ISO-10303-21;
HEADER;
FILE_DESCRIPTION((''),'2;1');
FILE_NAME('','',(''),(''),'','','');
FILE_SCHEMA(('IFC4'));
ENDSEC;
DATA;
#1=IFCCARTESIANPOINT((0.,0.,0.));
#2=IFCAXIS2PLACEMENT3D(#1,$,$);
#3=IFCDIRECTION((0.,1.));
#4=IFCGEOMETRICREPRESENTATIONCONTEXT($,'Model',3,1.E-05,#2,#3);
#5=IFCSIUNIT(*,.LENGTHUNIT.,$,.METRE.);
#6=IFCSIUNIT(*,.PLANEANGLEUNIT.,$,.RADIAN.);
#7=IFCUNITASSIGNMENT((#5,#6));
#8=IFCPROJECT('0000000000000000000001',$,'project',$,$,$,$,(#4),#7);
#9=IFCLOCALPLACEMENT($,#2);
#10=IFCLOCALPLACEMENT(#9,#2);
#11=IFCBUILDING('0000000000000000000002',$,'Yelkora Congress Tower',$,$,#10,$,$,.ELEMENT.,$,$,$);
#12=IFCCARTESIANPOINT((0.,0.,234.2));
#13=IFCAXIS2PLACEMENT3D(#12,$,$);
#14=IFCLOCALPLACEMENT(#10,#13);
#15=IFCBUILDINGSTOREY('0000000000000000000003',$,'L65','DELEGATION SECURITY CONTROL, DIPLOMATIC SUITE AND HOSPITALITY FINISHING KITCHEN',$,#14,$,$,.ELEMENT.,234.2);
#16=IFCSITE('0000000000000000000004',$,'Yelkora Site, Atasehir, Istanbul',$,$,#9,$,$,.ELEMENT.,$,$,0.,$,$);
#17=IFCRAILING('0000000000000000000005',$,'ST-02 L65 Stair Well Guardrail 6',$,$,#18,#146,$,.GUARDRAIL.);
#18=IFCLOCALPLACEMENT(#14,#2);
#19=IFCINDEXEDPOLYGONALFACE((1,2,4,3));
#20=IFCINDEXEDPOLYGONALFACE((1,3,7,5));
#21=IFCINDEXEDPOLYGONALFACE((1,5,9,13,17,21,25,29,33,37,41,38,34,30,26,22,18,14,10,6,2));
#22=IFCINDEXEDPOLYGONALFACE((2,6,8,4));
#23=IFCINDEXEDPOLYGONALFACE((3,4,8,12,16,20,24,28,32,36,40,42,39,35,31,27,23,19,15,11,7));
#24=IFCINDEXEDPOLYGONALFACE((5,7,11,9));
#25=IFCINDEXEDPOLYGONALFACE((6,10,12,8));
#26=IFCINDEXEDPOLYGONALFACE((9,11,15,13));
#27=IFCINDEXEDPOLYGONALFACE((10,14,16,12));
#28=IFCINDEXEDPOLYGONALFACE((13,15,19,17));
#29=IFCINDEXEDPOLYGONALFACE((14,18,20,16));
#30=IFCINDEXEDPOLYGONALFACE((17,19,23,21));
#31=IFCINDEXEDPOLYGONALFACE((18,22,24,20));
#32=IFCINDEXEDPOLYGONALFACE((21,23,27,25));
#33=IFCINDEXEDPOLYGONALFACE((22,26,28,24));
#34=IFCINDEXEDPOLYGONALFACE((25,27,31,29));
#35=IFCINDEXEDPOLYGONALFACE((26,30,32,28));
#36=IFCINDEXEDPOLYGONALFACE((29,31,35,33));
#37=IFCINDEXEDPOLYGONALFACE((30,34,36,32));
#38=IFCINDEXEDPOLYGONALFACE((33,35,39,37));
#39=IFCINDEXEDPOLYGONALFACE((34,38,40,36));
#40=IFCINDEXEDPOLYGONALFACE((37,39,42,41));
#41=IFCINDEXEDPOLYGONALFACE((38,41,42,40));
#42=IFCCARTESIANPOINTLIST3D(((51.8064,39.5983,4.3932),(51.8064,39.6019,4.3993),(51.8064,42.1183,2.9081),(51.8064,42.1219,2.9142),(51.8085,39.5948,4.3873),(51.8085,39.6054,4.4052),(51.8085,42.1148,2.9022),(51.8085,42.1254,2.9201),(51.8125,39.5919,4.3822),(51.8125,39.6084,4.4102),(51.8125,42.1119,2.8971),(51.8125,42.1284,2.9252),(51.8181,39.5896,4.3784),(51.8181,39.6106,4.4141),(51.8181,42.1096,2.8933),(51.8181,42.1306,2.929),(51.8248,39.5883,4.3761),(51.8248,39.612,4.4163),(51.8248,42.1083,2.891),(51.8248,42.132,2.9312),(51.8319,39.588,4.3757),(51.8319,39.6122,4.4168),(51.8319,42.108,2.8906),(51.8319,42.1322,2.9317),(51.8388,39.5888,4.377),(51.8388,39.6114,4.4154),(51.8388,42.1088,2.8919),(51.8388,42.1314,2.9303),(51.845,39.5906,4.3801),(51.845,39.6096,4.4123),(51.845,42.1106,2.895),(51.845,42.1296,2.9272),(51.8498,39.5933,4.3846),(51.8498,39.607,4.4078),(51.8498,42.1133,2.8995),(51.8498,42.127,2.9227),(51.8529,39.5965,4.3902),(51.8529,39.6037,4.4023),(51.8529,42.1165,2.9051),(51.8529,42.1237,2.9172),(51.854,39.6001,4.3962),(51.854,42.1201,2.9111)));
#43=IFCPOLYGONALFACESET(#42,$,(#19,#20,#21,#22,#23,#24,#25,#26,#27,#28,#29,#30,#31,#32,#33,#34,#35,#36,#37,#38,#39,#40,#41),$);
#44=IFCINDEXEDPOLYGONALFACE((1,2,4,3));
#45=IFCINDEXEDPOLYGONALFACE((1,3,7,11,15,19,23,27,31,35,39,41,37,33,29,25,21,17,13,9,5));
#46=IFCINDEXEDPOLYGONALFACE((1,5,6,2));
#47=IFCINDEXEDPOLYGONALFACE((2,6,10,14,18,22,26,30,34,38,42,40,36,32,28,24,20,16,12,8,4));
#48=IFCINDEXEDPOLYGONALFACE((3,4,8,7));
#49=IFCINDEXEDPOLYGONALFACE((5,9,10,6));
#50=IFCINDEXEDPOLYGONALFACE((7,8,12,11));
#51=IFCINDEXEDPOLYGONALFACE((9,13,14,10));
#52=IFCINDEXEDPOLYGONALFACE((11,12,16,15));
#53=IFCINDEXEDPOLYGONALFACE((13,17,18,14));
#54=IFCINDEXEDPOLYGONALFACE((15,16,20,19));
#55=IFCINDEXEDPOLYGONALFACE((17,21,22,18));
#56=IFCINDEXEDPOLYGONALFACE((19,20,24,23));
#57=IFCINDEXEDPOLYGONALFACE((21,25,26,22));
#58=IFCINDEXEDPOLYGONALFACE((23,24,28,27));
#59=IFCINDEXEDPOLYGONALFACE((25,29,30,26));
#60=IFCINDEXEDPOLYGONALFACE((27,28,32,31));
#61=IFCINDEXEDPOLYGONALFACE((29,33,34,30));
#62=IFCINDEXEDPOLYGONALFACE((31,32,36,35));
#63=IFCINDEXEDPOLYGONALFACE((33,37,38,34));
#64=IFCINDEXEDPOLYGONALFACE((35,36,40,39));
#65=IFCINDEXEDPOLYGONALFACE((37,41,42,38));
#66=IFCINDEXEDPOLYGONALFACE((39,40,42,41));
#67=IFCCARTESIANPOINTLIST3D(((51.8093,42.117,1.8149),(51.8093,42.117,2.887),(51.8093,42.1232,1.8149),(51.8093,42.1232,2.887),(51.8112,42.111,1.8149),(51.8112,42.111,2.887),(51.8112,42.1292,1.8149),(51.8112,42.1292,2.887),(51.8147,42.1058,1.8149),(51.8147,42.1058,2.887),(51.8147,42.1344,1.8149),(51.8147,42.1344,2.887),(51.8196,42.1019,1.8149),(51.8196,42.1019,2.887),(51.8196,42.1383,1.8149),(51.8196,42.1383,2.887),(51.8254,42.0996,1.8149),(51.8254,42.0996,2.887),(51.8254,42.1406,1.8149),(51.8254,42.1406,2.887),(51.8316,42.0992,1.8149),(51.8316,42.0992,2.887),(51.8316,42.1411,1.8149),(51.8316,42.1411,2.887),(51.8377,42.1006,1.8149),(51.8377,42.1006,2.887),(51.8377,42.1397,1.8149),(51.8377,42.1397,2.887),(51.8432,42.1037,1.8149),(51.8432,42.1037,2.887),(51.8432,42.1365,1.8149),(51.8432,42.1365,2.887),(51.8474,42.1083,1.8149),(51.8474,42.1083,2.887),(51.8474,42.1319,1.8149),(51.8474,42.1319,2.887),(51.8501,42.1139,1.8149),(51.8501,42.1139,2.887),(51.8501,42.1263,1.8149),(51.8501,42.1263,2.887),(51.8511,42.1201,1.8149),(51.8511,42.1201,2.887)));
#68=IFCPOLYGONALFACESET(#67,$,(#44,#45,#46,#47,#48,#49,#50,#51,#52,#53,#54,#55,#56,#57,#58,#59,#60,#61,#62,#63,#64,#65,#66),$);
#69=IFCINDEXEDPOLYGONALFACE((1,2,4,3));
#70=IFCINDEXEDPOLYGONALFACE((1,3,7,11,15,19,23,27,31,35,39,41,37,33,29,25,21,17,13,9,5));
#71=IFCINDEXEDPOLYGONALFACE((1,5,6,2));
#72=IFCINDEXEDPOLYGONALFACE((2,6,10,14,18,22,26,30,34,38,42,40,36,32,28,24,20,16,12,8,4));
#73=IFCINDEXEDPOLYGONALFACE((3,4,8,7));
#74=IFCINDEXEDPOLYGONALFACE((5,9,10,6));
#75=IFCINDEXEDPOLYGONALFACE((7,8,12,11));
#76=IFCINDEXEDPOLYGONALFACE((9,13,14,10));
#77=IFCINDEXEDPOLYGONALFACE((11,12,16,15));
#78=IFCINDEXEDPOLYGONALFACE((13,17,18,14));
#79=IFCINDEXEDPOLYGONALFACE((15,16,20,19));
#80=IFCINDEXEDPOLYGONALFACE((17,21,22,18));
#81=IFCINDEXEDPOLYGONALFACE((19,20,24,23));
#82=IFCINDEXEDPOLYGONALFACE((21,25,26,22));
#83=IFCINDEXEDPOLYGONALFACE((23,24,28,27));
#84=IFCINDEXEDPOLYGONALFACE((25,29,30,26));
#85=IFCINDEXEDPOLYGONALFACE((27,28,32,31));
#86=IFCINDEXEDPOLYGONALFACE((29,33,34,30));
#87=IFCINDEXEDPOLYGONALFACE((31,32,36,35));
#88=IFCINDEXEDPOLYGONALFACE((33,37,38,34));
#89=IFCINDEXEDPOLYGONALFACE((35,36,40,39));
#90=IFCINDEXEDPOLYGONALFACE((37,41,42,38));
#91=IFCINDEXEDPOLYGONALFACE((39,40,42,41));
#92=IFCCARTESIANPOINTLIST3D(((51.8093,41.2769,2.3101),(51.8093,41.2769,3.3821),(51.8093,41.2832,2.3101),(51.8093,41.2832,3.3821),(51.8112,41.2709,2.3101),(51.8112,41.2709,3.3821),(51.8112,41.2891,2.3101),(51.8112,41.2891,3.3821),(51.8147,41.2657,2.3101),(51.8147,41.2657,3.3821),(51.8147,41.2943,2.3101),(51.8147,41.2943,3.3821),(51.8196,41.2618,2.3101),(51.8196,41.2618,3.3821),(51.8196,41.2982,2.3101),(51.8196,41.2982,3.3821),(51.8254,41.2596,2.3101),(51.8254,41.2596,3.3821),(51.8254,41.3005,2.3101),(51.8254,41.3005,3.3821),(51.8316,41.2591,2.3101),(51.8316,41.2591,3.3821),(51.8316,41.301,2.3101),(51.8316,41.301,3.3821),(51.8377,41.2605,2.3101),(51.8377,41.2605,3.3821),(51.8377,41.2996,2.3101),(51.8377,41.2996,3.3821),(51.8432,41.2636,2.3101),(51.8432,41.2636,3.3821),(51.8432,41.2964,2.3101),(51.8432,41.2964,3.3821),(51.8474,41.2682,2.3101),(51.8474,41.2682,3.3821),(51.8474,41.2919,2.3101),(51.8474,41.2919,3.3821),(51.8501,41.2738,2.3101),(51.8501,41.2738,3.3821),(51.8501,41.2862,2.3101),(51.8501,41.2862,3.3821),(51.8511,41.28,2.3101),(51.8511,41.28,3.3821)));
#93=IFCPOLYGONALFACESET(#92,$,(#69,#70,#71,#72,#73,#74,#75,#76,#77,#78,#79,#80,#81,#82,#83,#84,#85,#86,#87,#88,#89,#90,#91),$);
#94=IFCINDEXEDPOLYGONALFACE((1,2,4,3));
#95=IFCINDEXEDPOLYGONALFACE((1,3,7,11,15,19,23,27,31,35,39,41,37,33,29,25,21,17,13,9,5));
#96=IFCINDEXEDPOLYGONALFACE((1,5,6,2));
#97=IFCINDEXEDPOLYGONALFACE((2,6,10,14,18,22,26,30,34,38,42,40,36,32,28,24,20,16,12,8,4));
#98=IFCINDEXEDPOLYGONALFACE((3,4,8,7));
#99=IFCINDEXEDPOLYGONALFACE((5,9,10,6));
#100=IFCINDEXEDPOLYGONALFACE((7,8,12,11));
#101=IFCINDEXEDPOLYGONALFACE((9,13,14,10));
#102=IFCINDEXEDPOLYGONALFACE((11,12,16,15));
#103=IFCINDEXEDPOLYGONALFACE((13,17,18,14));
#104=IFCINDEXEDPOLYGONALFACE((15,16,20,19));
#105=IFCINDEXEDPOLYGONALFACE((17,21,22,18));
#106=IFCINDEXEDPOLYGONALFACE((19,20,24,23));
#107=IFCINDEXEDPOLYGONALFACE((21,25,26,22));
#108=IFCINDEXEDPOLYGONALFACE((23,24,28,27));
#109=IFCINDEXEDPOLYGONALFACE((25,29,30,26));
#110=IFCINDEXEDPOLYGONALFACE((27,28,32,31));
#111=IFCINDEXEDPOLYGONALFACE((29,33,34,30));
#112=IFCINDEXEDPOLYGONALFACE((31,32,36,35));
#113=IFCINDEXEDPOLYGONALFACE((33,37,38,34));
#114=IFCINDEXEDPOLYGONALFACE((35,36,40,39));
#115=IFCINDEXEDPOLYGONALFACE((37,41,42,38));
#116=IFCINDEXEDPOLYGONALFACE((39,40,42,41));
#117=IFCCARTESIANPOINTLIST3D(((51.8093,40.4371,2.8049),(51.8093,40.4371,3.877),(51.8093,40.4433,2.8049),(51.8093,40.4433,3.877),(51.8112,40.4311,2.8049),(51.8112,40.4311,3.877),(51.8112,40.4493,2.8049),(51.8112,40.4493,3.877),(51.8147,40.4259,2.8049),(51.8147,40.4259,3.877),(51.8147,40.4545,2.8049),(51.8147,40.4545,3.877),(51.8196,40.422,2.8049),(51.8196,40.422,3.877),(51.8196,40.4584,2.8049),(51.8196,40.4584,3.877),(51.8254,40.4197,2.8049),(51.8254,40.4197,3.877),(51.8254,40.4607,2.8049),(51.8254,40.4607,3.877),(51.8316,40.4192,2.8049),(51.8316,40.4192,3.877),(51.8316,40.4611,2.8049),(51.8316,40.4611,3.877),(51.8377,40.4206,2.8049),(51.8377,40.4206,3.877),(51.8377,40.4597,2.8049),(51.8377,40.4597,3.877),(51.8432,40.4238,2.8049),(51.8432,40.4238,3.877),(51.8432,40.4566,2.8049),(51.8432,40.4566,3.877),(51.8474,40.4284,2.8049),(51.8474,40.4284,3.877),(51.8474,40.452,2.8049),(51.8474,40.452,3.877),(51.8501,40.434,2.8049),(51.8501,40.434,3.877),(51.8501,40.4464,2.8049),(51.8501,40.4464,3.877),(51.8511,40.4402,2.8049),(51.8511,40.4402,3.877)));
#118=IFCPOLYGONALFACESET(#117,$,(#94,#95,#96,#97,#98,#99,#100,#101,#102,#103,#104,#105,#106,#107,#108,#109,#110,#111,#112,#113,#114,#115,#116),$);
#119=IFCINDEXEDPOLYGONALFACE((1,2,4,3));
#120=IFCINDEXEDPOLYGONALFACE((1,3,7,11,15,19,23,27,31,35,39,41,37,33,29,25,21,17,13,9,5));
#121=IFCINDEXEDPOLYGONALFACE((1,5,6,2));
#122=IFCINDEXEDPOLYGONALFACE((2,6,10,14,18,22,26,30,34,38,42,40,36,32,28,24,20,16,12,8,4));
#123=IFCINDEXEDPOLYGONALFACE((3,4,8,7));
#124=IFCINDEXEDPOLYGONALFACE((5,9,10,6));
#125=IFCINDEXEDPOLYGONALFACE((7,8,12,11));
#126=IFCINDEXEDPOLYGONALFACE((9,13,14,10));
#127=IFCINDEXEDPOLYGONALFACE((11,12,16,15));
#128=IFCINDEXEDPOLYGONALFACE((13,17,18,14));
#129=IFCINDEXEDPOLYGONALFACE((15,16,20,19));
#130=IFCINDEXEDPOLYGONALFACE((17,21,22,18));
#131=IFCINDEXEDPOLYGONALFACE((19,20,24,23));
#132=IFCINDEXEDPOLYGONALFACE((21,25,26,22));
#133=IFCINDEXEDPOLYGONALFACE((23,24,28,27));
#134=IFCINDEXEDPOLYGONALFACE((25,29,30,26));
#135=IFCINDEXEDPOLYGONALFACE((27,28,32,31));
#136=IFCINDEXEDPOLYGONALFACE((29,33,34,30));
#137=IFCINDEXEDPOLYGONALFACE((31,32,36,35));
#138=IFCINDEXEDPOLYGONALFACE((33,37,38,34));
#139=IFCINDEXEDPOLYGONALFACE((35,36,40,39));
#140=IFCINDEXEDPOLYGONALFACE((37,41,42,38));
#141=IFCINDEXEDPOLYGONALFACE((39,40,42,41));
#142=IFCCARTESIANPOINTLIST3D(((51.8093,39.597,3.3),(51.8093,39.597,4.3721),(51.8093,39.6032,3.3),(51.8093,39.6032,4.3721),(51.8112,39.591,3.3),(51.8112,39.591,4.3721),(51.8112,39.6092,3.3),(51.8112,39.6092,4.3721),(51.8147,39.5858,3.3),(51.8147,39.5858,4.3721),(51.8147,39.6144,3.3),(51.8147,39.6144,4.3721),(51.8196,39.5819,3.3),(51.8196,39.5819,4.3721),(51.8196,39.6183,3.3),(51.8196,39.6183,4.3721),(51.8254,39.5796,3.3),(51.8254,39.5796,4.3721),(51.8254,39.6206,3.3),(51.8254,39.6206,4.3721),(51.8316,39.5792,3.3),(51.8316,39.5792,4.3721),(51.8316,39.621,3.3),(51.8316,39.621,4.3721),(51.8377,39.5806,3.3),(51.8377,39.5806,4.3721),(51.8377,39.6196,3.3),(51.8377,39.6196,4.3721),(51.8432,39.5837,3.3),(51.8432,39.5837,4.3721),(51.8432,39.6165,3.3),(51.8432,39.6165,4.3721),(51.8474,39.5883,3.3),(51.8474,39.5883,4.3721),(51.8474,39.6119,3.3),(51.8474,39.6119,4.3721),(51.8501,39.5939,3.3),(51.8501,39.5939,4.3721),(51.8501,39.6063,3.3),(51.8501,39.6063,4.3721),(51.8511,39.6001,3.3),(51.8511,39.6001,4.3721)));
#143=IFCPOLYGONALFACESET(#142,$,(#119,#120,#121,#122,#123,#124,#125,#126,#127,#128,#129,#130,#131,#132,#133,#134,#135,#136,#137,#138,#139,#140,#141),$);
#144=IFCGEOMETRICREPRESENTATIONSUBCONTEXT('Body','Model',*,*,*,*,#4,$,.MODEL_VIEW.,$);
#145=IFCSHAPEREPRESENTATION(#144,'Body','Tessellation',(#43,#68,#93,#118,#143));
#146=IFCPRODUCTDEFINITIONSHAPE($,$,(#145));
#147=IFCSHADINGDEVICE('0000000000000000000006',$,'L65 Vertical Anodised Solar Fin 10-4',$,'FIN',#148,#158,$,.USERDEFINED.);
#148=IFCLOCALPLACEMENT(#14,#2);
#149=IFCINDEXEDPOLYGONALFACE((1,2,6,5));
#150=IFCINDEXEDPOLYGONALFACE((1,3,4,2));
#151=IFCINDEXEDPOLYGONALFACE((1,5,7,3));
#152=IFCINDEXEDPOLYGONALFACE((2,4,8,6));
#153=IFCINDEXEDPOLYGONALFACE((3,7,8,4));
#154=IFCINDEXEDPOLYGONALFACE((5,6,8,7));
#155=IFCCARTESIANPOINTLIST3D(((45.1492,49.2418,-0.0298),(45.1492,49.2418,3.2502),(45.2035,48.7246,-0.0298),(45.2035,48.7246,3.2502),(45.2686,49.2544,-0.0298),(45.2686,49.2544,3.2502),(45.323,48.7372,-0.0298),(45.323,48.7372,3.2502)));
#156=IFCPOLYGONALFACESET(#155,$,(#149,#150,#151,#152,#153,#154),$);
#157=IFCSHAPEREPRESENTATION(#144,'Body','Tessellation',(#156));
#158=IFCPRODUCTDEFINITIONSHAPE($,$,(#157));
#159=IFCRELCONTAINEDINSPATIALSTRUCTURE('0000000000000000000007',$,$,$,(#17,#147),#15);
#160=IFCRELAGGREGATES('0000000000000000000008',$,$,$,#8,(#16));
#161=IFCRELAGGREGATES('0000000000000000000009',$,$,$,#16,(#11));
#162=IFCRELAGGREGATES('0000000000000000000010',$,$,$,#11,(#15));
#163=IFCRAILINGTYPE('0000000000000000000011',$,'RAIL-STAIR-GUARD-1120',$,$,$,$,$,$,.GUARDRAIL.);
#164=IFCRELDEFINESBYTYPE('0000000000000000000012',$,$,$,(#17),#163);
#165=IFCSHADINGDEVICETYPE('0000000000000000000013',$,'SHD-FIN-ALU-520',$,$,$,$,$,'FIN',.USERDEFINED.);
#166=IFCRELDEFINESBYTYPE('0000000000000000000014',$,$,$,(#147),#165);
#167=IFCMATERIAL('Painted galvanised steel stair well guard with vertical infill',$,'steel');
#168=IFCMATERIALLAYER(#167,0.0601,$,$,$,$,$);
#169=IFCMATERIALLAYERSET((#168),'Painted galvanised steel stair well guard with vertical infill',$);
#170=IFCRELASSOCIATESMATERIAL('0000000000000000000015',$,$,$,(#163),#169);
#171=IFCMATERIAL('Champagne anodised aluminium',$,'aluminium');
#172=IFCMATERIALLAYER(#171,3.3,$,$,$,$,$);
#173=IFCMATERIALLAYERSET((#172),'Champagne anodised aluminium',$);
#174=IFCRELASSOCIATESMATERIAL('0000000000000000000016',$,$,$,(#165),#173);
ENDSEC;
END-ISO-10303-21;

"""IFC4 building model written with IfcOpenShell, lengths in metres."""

from ifc_helpers import new_model, si_unit, direction, frame, origin, origin_2d, place, context, subcontext, project, spatial, rectangle, circle, extrude, material, layer, layer_set, type_object, element, save


model = new_model("IFC4")

# Units and contexts
model_context = context("Model", 3, precision=1e-05, world=origin(), true_north=direction((0.0, 1.0)))
body_context = subcontext(model_context, "Body", "Model", "MODEL_VIEW")
ifc_project = project(units=[si_unit("LENGTHUNIT", "METRE"), si_unit("PLANEANGLEUNIT", "RADIAN")], contexts=[model_context])

# Site, building, storey
site_placement = place(None, origin())
site = spatial("IfcSite", under=ifc_project, at=site_placement, Name="Yelkora Site, Atasehir, Istanbul", CompositionType="ELEMENT", RefElevation=0.0)
building_placement = place(site_placement, origin())
building = spatial("IfcBuilding", under=site, at=building_placement, Name="Yelkora Congress Tower", CompositionType="ELEMENT")
storey_placement = place(building_placement, frame((0.0, 0.0, 234.2)))
storey = spatial("IfcBuildingStorey", under=building, at=storey_placement, Name="L65", Description="DELEGATION SECURITY CONTROL, DIPLOMATIC SUITE AND HOSPITALITY FINISHING KITCHEN", CompositionType="ELEMENT", Elevation=234.2)

# Railing
ifc_material_1 = material(Name="Painted galvanised steel stair well guard with vertical infill", Category="steel")
ifc_layer_1 = layer(ifc_material_1, 0.0601)
ifc_layer_set_1 = layer_set([ifc_layer_1], Name="Painted galvanised steel stair well guard with vertical infill")
railing_type = type_object("IfcRailingType", Name="RAIL-STAIR-GUARD-1120", PredefinedType="GUARDRAIL", material=ifc_layer_set_1)
railing_1_placement = place(storey_placement, frame((51.8301, 42.1201, 1.8149)))
element("IfcRailing", 1, at=railing_1_placement, inside=storey, type_object=railing_type, Name="ST-02 L65 Stair Well Guardrail 6", PredefinedType="GUARDRAIL", context=body_context, shape_type="SweptSolid", body=[
    extrude(circle(Radius=0.0239, at=origin_2d()), frame((0.0, 0.0, 1.0962), z_axis=(0.0, -0.861524, 0.507717), x_axis=(1.0, 0.0, 0.0)), (0.0, 0.0, 1.0), 2.925),
    extrude(circle(Radius=0.021, at=origin_2d()), origin(), (0.0, 0.0, 1.0), 1.072),
    extrude(circle(Radius=0.021, at=origin_2d()), frame((0.0, -0.8401, 0.4951)), (0.0, 0.0, 1.0), 1.072),
    extrude(circle(Radius=0.021, at=origin_2d()), frame((0.0, -1.6799, 0.99)), (0.0, 0.0, 1.0), 1.072),
    extrude(circle(Radius=0.021, at=origin_2d()), frame((0.0, -2.52, 1.4851)), (0.0, 0.0, 1.0), 1.072),
])

# Shading device
ifc_material_2 = material(Name="Champagne anodised aluminium", Category="aluminium")
ifc_layer_2 = layer(ifc_material_2, 3.3)
ifc_layer_set_2 = layer_set([ifc_layer_2], Name="Champagne anodised aluminium")
shading_device_type = type_object("IfcShadingDeviceType", Name="SHD-FIN-ALU-520", ElementType="FIN", PredefinedType="USERDEFINED", material=ifc_layer_set_2)
shading_device_placement = place(storey_placement, frame((45.2361, 48.9895, -0.0298), z_axis=(0.0, 0.0, 1.0), x_axis=(0.994522, 0.104528, 0.0)))
element("IfcShadingDevice", 2, at=shading_device_placement, inside=storey, type_object=shading_device_type, Name="L65 Vertical Anodised Solar Fin 10-4", ObjectType="FIN", PredefinedType="USERDEFINED", context=body_context, shape_type="SweptSolid", body=[
    extrude(rectangle(XDim=0.1201, YDim=0.52, at=origin_2d()), origin(), (0.0, 0.0, 1.0), 3.28),
])

save(model, "model.ifc")
